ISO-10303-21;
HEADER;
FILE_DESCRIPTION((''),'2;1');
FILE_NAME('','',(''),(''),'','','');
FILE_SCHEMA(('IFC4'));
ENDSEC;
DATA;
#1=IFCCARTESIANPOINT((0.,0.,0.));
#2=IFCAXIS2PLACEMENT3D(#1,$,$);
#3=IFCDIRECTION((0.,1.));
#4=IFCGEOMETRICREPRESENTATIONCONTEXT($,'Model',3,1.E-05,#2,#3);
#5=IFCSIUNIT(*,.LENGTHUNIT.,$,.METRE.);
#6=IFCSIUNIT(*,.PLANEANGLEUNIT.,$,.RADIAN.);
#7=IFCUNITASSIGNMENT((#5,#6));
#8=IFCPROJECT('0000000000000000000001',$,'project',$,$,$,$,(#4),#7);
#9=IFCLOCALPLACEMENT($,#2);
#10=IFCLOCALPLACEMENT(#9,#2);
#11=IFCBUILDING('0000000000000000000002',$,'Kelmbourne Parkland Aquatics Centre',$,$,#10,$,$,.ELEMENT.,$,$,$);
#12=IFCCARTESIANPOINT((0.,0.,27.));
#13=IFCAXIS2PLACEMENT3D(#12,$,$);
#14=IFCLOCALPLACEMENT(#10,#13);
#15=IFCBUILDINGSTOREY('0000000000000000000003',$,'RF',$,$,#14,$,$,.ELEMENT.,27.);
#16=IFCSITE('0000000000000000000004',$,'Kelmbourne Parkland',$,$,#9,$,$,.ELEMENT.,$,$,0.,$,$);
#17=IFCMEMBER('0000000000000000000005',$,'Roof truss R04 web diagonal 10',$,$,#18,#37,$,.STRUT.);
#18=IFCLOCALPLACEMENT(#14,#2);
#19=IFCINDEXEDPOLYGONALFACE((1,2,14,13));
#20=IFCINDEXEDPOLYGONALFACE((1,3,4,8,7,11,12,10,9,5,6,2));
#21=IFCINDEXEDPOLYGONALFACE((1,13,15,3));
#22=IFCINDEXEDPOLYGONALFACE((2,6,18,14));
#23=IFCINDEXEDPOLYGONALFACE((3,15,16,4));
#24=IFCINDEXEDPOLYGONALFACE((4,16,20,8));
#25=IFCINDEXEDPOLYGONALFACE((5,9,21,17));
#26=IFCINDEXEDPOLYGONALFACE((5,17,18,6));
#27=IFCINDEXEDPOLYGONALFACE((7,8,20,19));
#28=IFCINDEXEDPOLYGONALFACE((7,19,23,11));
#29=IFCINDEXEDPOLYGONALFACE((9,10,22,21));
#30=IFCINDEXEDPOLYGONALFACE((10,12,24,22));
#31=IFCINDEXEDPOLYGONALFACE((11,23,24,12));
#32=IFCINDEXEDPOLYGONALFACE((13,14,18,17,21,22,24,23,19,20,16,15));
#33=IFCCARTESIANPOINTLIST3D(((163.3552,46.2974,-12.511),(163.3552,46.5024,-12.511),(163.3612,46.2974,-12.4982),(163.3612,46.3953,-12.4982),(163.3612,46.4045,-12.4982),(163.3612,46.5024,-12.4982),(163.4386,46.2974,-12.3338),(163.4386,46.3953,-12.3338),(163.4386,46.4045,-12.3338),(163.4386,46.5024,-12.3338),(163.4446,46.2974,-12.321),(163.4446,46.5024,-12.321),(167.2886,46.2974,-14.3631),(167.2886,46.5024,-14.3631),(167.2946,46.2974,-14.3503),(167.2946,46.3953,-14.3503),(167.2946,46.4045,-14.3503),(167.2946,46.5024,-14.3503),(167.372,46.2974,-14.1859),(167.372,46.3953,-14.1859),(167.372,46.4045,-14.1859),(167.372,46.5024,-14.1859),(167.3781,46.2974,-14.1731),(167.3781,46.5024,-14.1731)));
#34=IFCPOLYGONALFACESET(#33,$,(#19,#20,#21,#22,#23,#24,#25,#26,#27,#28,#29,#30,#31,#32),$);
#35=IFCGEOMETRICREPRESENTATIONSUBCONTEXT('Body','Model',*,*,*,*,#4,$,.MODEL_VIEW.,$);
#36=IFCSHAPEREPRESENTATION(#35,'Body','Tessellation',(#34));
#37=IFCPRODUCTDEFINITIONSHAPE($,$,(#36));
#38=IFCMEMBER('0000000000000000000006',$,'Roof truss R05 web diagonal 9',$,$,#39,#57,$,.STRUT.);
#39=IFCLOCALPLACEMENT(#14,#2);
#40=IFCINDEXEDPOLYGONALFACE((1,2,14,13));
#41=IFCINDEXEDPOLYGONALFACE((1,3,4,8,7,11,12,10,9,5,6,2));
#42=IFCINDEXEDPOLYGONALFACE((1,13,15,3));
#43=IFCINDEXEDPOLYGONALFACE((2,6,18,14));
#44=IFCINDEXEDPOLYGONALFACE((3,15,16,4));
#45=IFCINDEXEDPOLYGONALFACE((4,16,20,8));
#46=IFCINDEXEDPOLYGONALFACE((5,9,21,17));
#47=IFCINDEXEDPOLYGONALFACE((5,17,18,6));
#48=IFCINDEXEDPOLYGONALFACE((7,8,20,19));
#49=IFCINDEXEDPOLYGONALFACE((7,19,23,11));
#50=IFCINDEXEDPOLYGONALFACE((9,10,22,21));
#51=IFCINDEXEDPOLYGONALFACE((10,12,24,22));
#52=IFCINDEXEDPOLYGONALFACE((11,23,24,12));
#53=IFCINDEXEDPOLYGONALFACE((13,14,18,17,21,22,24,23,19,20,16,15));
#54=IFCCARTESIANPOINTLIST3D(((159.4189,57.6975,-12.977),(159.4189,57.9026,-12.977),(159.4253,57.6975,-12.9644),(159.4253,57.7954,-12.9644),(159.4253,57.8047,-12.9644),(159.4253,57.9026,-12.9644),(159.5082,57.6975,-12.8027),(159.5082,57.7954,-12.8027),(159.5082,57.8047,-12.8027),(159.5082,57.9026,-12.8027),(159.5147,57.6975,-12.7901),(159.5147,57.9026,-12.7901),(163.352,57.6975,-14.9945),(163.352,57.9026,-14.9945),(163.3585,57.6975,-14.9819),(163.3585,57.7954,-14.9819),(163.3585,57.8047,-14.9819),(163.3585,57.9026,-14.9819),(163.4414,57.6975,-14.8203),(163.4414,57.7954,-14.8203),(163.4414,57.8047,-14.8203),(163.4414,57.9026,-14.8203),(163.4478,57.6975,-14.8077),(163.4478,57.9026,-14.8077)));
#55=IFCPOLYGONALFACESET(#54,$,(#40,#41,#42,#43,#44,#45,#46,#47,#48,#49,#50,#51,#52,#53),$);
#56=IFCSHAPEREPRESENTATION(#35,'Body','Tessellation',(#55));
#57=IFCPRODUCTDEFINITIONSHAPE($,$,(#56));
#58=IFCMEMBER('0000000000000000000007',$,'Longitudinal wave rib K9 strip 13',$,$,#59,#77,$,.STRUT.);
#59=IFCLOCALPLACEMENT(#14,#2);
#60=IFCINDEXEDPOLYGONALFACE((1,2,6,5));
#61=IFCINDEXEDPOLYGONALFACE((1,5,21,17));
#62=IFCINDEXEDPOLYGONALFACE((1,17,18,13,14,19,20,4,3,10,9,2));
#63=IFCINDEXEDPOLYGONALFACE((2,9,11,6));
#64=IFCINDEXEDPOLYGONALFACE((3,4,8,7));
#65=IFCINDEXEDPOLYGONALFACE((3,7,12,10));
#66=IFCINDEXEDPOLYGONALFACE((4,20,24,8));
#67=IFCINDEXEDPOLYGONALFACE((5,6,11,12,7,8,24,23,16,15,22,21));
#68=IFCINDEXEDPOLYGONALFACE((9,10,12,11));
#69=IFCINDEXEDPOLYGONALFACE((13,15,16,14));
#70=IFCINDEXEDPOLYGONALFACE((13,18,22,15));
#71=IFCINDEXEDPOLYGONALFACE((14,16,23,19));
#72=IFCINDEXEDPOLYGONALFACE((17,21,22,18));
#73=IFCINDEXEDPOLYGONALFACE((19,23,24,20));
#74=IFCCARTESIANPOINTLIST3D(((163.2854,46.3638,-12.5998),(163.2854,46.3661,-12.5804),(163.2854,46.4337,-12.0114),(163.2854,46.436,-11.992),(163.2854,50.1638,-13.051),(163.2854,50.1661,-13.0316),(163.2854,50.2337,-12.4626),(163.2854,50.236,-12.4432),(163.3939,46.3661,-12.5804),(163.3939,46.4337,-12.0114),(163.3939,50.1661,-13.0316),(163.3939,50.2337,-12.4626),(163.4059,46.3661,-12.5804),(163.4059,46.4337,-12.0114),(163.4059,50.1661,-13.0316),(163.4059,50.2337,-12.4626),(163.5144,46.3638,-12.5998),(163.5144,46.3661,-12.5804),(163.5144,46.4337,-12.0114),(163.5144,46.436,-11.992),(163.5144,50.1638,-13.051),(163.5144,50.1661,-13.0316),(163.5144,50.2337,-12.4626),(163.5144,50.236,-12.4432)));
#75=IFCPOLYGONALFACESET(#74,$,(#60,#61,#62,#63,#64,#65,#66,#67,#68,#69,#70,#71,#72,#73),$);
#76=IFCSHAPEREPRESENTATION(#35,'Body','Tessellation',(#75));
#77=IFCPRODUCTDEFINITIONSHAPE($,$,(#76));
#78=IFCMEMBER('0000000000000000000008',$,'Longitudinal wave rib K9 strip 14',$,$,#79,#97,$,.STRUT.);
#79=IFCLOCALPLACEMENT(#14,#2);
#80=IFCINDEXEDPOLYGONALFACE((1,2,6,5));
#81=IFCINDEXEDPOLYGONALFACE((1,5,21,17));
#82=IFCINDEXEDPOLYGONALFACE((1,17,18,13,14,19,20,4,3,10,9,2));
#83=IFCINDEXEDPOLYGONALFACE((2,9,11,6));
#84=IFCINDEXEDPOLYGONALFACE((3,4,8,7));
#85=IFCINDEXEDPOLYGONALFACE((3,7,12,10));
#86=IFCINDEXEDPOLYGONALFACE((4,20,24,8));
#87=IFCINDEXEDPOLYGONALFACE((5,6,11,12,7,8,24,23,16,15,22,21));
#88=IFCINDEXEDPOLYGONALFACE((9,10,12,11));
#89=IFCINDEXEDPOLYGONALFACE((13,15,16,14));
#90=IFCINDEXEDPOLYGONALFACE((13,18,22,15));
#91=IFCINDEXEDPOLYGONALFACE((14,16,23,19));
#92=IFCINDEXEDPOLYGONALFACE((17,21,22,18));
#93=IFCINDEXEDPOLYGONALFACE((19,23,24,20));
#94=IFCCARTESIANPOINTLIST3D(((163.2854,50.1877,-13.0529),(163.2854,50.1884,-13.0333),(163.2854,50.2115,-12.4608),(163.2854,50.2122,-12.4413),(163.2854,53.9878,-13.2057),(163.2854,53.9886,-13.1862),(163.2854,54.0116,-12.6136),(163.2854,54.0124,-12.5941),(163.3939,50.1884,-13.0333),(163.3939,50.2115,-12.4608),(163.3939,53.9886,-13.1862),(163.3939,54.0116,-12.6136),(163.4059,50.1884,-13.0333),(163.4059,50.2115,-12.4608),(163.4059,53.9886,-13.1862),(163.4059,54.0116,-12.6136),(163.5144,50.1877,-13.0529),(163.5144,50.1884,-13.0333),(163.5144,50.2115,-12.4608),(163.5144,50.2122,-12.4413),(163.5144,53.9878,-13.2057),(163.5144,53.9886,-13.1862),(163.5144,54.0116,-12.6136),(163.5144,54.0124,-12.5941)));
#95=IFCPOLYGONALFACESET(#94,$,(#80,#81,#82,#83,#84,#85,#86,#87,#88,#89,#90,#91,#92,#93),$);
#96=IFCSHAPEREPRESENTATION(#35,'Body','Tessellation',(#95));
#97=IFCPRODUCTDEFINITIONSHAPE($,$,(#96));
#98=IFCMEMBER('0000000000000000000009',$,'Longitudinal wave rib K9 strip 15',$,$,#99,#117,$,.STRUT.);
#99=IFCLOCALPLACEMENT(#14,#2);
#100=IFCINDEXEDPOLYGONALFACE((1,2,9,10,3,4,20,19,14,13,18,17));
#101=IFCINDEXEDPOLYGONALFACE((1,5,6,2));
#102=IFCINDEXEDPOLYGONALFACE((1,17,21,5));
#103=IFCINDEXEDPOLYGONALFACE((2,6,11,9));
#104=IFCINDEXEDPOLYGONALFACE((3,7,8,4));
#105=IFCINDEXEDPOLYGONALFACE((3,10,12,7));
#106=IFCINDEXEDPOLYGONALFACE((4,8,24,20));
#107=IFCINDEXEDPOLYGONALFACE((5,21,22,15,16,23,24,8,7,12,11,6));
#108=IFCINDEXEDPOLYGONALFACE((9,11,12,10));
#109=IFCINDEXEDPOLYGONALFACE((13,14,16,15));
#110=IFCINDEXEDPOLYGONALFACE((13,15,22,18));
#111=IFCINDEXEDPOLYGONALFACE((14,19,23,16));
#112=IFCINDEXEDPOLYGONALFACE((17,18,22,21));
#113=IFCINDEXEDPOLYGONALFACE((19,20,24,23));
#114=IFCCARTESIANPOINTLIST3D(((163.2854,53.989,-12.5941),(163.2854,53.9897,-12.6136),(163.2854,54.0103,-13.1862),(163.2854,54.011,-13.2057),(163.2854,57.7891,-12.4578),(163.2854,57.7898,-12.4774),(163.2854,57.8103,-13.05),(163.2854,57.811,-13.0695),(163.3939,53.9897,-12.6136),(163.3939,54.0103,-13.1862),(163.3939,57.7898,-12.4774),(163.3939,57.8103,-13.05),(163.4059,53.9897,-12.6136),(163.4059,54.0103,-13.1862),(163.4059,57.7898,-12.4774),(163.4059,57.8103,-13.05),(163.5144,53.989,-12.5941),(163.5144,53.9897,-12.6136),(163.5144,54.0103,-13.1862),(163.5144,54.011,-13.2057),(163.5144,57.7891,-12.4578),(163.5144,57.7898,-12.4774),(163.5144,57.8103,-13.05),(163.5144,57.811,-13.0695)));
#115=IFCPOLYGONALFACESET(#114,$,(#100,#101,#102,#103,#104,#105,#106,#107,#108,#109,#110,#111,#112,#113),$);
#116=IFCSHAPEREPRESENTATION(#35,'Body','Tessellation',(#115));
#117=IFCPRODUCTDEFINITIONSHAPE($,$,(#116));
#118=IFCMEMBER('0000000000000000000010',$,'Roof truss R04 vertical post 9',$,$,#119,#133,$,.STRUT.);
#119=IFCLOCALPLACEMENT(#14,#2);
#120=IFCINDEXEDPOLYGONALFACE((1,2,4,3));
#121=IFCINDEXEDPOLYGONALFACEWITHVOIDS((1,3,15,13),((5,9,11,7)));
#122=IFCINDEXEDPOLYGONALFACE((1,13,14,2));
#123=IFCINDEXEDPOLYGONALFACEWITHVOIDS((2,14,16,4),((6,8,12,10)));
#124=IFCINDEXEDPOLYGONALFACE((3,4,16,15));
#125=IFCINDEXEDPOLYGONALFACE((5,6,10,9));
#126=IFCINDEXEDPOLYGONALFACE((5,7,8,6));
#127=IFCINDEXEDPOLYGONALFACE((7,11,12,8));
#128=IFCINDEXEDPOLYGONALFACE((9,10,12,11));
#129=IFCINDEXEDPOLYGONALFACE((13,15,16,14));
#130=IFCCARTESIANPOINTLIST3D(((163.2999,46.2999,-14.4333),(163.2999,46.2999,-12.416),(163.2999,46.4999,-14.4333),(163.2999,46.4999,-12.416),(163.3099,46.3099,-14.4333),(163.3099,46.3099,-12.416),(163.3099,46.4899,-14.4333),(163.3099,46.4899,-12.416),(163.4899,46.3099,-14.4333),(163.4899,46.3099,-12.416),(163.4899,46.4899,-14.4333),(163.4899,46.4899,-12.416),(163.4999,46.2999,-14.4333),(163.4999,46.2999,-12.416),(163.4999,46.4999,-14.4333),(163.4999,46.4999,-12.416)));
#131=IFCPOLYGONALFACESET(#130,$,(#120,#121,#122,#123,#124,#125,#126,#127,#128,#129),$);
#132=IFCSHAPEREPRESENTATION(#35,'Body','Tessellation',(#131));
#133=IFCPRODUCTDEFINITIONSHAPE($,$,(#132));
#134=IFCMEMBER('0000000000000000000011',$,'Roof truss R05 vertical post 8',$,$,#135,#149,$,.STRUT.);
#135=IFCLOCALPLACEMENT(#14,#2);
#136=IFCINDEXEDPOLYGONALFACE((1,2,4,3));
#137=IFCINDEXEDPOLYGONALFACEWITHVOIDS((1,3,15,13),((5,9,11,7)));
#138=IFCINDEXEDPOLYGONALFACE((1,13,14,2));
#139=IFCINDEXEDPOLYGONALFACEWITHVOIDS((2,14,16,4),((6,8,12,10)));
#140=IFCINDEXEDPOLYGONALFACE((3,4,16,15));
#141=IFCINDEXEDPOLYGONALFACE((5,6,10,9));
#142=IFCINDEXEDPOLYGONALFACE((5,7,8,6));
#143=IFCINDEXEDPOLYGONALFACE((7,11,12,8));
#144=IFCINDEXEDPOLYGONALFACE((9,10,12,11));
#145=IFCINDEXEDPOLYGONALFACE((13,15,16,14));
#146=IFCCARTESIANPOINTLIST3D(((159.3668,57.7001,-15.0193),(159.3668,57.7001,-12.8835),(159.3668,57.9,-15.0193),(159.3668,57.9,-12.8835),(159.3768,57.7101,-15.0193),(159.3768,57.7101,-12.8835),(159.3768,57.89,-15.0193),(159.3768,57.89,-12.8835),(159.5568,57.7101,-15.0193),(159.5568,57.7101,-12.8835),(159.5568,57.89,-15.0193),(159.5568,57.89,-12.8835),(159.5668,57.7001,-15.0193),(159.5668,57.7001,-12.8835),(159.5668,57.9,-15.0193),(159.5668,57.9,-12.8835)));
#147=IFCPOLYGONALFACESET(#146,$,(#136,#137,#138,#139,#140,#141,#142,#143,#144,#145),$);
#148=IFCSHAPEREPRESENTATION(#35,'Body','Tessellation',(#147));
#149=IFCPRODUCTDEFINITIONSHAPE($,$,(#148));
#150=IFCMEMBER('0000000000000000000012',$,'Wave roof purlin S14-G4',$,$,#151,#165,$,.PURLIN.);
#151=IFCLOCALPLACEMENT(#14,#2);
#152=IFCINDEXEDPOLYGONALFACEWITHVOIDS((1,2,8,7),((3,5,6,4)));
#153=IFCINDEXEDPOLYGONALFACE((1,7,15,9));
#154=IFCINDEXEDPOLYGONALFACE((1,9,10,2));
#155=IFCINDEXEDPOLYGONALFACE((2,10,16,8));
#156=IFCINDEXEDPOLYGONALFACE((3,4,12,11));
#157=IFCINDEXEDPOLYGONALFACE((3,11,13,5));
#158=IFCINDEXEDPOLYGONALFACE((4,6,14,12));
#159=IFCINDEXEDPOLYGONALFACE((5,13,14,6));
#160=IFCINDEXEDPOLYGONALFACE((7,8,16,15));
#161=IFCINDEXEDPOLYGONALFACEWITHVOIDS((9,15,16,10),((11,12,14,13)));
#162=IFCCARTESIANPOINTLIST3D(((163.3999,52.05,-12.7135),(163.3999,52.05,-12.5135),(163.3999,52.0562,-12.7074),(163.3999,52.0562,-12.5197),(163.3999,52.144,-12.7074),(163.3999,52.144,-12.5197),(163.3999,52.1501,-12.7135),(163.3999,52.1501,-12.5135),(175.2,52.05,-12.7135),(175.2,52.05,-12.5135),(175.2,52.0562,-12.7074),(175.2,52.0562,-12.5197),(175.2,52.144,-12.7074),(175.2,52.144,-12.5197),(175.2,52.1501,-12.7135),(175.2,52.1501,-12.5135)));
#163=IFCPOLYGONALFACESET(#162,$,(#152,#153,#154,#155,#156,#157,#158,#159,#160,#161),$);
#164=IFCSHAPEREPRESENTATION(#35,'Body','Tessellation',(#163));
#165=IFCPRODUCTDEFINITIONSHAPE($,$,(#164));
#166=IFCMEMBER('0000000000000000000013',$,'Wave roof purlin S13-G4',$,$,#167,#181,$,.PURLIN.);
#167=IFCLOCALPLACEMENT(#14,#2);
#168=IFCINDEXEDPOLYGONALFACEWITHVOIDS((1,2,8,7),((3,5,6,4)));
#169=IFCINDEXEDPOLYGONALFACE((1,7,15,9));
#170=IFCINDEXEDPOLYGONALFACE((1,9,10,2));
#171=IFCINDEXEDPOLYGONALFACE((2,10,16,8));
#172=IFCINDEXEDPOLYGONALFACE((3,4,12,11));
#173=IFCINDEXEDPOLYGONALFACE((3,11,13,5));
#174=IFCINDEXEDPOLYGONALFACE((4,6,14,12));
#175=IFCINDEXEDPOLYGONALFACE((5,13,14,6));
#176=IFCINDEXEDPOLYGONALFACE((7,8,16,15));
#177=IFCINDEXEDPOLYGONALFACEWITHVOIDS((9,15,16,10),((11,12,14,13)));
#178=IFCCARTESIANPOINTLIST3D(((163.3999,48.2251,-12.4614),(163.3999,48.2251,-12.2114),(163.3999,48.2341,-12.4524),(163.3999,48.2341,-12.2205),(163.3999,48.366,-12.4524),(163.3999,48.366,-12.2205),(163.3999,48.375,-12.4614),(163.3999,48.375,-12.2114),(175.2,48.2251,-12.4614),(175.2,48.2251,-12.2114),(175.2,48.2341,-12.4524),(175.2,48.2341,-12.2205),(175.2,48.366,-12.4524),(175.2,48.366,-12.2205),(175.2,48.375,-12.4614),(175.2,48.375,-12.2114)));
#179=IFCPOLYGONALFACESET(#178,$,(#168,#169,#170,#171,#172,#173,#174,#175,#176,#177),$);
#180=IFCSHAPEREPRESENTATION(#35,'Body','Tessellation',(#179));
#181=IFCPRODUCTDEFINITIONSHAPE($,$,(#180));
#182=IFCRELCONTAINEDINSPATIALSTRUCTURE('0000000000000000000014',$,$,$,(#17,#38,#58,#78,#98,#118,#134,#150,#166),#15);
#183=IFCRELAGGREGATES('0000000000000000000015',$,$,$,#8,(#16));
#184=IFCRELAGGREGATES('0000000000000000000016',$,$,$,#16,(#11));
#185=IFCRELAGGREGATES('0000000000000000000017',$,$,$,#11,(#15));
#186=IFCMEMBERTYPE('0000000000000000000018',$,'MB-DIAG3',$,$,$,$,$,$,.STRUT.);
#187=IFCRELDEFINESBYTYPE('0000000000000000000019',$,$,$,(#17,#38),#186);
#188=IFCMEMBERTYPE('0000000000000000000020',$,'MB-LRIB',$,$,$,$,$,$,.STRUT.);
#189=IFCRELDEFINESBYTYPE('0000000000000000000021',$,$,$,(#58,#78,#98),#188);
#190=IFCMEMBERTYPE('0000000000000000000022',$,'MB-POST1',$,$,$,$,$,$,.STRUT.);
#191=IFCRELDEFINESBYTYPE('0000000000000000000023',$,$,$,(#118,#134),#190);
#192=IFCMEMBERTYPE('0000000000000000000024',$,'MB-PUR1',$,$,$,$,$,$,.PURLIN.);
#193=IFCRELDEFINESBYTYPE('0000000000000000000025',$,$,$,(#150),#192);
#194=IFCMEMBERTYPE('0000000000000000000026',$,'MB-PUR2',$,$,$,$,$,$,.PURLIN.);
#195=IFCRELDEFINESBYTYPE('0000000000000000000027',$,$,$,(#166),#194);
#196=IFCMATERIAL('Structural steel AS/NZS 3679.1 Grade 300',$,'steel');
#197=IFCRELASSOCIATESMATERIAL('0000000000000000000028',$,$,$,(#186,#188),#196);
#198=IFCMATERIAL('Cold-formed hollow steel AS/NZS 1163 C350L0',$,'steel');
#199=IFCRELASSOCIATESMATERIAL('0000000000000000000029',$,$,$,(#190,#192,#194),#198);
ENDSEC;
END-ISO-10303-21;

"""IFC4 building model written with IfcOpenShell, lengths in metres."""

from ifc_helpers import new_model, si_unit, direction, frame, origin, origin_2d, place, context, subcontext, project, spatial, hollow_rectangle, i_section, extrude, material, material_profile, profile_set, type_object, element, save


model = new_model("IFC4")

# Units and contexts
model_context = context("Model", 3, precision=1e-05, world=origin(), true_north=direction((0.0, 1.0)))
body_context = subcontext(model_context, "Body", "Model", "MODEL_VIEW")
ifc_project = project(units=[si_unit("LENGTHUNIT", "METRE"), si_unit("PLANEANGLEUNIT", "RADIAN")], contexts=[model_context])

# Site, building, storey
site_placement = place(None, origin())
site = spatial("IfcSite", under=ifc_project, at=site_placement, Name="Kelmbourne Parkland", CompositionType="ELEMENT", RefElevation=0.0)
building_placement = place(site_placement, origin())
building = spatial("IfcBuilding", under=site, at=building_placement, Name="Kelmbourne Parkland Aquatics Centre", CompositionType="ELEMENT")
storey_placement = place(building_placement, frame((0.0, 0.0, 27.0)))
storey = spatial("IfcBuildingStorey", under=building, at=storey_placement, Name="RF", CompositionType="ELEMENT", Elevation=27.0)

# Members
ifc_material_1 = material(Name="Structural steel AS/NZS 3679.1 Grade 300", Category="steel")
ifc_material_profile_1 = material_profile(ifc_material_1, i_section(OverallWidth=0.2051, OverallDepth=0.21, WebThickness=0.0093, FlangeThickness=0.0142, at=origin_2d()), Name="200UC59.5")
ifc_profile_set_1 = profile_set([ifc_material_profile_1], Name="Structural steel AS/NZS 3679.1 Grade 300")
member_type_1 = type_object("IfcMemberType", Name="MB-DIAG3", PredefinedType="STRUT", material=ifc_profile_set_1)
member_1_placement = place(storey_placement, frame((163.3999, 46.3999, -12.416), z_axis=(0.904725, 0.0, -0.425997), x_axis=(0.0, 1.0, 0.0)))
element("IfcMember", 1, at=member_1_placement, inside=storey, type_object=member_type_1, Name="Roof truss R04 web diagonal 10", PredefinedType="STRUT", context=body_context, shape_type="SweptSolid", body=[
    extrude(i_section(OverallWidth=0.2051, OverallDepth=0.21, WebThickness=0.0093, FlangeThickness=0.0142, at=origin_2d()), origin(), (0.0, 0.0, 1.0), 4.3477),
])
member_2_placement = place(storey_placement, frame((159.4668, 57.8, -12.8835), z_axis=(0.889762, 0.0, -0.456424), x_axis=(0.0, 1.0, 0.0)))
element("IfcMember", 2, at=member_2_placement, inside=storey, type_object=member_type_1, Name="Roof truss R05 web diagonal 9", PredefinedType="STRUT", context=body_context, shape_type="SweptSolid", body=[
    extrude(i_section(OverallWidth=0.2051, OverallDepth=0.21, WebThickness=0.0093, FlangeThickness=0.0142, at=origin_2d()), origin(), (0.0, 0.0, 1.0), 4.4204),
])
ifc_material_profile_2 = material_profile(ifc_material_1, i_section(OverallWidth=0.229, OverallDepth=0.6121, WebThickness=0.012, FlangeThickness=0.0195, at=origin_2d()), Name="610UB125")
ifc_profile_set_2 = profile_set([ifc_material_profile_2], Name="Structural steel AS/NZS 3679.1 Grade 300")
member_type_2 = type_object("IfcMemberType", Name="MB-LRIB", PredefinedType="STRUT", material=ifc_profile_set_2)
member_3_placement = place(storey_placement, frame((163.3999, 46.3999, -12.2959), z_axis=(0.0, 0.993025, -0.1179), x_axis=(-1.0, 0.0, 0.0)))
element("IfcMember", 3, at=member_3_placement, inside=storey, type_object=member_type_2, Name="Longitudinal wave rib K9 strip 13", PredefinedType="STRUT", context=body_context, shape_type="SweptSolid", body=[
    extrude(i_section(OverallWidth=0.229, OverallDepth=0.6121, WebThickness=0.012, FlangeThickness=0.0195, at=origin_2d()), origin(), (0.0, 0.0, 1.0), 3.8267),
])
member_4_placement = place(storey_placement, frame((163.3999, 50.2, -12.7471), z_axis=(0.0, 0.999192, -0.040186), x_axis=(-1.0, 0.0, 0.0)))
element("IfcMember", 4, at=member_4_placement, inside=storey, type_object=member_type_2, Name="Longitudinal wave rib K9 strip 14", PredefinedType="STRUT", context=body_context, shape_type="SweptSolid", body=[
    extrude(i_section(OverallWidth=0.229, OverallDepth=0.6121, WebThickness=0.012, FlangeThickness=0.0195, at=origin_2d()), origin(), (0.0, 0.0, 1.0), 3.8032),
])
member_5_placement = place(storey_placement, frame((163.3999, 54.0, -12.8999), z_axis=(0.0, 0.999358, 0.035827), x_axis=(-1.0, 0.0, 0.0)))
element("IfcMember", 5, at=member_5_placement, inside=storey, type_object=member_type_2, Name="Longitudinal wave rib K9 strip 15", PredefinedType="STRUT", context=body_context, shape_type="SweptSolid", body=[
    extrude(i_section(OverallWidth=0.229, OverallDepth=0.6121, WebThickness=0.012, FlangeThickness=0.0195, at=origin_2d()), origin(), (0.0, 0.0, 1.0), 3.8025),
])
ifc_material_2 = material(Name="Cold-formed hollow steel AS/NZS 1163 C350L0", Category="steel")
ifc_material_profile_3 = material_profile(ifc_material_2, hollow_rectangle(XDim=0.2, YDim=0.2, WallThickness=0.01, at=origin_2d()), Name="SHS 200x200x10.0")
ifc_profile_set_3 = profile_set([ifc_material_profile_3], Name="Cold-formed hollow steel AS/NZS 1163 C350L0")
member_type_3 = type_object("IfcMemberType", Name="MB-POST1", PredefinedType="STRUT", material=ifc_profile_set_3)
member_6_placement = place(storey_placement, frame((163.3999, 46.3999, -14.4333), z_axis=(0.0, 0.0, 1.0), x_axis=(1.0, 0.0, 0.0)))
element("IfcMember", 6, at=member_6_placement, inside=storey, type_object=member_type_3, Name="Roof truss R04 vertical post 9", PredefinedType="STRUT", context=body_context, shape_type="SweptSolid", body=[
    extrude(hollow_rectangle(XDim=0.2, YDim=0.2, WallThickness=0.01, at=origin_2d()), origin(), (0.0, 0.0, 1.0), 2.0173),
])
member_7_placement = place(storey_placement, frame((159.4668, 57.8, -15.0193), z_axis=(0.0, 0.0, 1.0), x_axis=(1.0, 0.0, 0.0)))
element("IfcMember", 7, at=member_7_placement, inside=storey, type_object=member_type_3, Name="Roof truss R05 vertical post 8", PredefinedType="STRUT", context=body_context, shape_type="SweptSolid", body=[
    extrude(hollow_rectangle(XDim=0.2, YDim=0.2, WallThickness=0.01, at=origin_2d()), origin(), (0.0, 0.0, 1.0), 2.1357),
])
ifc_material_profile_4 = material_profile(ifc_material_2, hollow_rectangle(XDim=0.1001, YDim=0.2, WallThickness=0.0061, at=origin_2d()), Name="RHS 200x100x6.0")
ifc_profile_set_4 = profile_set([ifc_material_profile_4], Name="Cold-formed hollow steel AS/NZS 1163 C350L0")
member_type_4 = type_object("IfcMemberType", Name="MB-PUR1", PredefinedType="PURLIN", material=ifc_profile_set_4)
member_8_placement = place(storey_placement, frame((163.3999, 52.1001, -12.6135), z_axis=(1.0, 0.0, 0.0), x_axis=(0.0, 1.0, 0.0)))
element("IfcMember", 8, at=member_8_placement, inside=storey, type_object=member_type_4, Name="Wave roof purlin S14-G4", PredefinedType="PURLIN", context=body_context, shape_type="SweptSolid", body=[
    extrude(hollow_rectangle(XDim=0.1001, YDim=0.2, WallThickness=0.0061, at=origin_2d()), origin(), (0.0, 0.0, 1.0), 11.8),
])
ifc_material_profile_5 = material_profile(ifc_material_2, hollow_rectangle(XDim=0.1499, YDim=0.25, WallThickness=0.009, at=origin_2d()), Name="RHS 250x150x9.0")
ifc_profile_set_5 = profile_set([ifc_material_profile_5], Name="Cold-formed hollow steel AS/NZS 1163 C350L0")
member_type_5 = type_object("IfcMemberType", Name="MB-PUR2", PredefinedType="PURLIN", material=ifc_profile_set_5)
member_9_placement = place(storey_placement, frame((163.3999, 48.3, -12.3364), z_axis=(1.0, 0.0, 0.0), x_axis=(0.0, 1.0, 0.0)))
element("IfcMember", 9, at=member_9_placement, inside=storey, type_object=member_type_5, Name="Wave roof purlin S13-G4", PredefinedType="PURLIN", context=body_context, shape_type="SweptSolid", body=[
    extrude(hollow_rectangle(XDim=0.1499, YDim=0.25, WallThickness=0.009, at=origin_2d()), origin(), (0.0, 0.0, 1.0), 11.8),
])

save(model, "model.ifc")
